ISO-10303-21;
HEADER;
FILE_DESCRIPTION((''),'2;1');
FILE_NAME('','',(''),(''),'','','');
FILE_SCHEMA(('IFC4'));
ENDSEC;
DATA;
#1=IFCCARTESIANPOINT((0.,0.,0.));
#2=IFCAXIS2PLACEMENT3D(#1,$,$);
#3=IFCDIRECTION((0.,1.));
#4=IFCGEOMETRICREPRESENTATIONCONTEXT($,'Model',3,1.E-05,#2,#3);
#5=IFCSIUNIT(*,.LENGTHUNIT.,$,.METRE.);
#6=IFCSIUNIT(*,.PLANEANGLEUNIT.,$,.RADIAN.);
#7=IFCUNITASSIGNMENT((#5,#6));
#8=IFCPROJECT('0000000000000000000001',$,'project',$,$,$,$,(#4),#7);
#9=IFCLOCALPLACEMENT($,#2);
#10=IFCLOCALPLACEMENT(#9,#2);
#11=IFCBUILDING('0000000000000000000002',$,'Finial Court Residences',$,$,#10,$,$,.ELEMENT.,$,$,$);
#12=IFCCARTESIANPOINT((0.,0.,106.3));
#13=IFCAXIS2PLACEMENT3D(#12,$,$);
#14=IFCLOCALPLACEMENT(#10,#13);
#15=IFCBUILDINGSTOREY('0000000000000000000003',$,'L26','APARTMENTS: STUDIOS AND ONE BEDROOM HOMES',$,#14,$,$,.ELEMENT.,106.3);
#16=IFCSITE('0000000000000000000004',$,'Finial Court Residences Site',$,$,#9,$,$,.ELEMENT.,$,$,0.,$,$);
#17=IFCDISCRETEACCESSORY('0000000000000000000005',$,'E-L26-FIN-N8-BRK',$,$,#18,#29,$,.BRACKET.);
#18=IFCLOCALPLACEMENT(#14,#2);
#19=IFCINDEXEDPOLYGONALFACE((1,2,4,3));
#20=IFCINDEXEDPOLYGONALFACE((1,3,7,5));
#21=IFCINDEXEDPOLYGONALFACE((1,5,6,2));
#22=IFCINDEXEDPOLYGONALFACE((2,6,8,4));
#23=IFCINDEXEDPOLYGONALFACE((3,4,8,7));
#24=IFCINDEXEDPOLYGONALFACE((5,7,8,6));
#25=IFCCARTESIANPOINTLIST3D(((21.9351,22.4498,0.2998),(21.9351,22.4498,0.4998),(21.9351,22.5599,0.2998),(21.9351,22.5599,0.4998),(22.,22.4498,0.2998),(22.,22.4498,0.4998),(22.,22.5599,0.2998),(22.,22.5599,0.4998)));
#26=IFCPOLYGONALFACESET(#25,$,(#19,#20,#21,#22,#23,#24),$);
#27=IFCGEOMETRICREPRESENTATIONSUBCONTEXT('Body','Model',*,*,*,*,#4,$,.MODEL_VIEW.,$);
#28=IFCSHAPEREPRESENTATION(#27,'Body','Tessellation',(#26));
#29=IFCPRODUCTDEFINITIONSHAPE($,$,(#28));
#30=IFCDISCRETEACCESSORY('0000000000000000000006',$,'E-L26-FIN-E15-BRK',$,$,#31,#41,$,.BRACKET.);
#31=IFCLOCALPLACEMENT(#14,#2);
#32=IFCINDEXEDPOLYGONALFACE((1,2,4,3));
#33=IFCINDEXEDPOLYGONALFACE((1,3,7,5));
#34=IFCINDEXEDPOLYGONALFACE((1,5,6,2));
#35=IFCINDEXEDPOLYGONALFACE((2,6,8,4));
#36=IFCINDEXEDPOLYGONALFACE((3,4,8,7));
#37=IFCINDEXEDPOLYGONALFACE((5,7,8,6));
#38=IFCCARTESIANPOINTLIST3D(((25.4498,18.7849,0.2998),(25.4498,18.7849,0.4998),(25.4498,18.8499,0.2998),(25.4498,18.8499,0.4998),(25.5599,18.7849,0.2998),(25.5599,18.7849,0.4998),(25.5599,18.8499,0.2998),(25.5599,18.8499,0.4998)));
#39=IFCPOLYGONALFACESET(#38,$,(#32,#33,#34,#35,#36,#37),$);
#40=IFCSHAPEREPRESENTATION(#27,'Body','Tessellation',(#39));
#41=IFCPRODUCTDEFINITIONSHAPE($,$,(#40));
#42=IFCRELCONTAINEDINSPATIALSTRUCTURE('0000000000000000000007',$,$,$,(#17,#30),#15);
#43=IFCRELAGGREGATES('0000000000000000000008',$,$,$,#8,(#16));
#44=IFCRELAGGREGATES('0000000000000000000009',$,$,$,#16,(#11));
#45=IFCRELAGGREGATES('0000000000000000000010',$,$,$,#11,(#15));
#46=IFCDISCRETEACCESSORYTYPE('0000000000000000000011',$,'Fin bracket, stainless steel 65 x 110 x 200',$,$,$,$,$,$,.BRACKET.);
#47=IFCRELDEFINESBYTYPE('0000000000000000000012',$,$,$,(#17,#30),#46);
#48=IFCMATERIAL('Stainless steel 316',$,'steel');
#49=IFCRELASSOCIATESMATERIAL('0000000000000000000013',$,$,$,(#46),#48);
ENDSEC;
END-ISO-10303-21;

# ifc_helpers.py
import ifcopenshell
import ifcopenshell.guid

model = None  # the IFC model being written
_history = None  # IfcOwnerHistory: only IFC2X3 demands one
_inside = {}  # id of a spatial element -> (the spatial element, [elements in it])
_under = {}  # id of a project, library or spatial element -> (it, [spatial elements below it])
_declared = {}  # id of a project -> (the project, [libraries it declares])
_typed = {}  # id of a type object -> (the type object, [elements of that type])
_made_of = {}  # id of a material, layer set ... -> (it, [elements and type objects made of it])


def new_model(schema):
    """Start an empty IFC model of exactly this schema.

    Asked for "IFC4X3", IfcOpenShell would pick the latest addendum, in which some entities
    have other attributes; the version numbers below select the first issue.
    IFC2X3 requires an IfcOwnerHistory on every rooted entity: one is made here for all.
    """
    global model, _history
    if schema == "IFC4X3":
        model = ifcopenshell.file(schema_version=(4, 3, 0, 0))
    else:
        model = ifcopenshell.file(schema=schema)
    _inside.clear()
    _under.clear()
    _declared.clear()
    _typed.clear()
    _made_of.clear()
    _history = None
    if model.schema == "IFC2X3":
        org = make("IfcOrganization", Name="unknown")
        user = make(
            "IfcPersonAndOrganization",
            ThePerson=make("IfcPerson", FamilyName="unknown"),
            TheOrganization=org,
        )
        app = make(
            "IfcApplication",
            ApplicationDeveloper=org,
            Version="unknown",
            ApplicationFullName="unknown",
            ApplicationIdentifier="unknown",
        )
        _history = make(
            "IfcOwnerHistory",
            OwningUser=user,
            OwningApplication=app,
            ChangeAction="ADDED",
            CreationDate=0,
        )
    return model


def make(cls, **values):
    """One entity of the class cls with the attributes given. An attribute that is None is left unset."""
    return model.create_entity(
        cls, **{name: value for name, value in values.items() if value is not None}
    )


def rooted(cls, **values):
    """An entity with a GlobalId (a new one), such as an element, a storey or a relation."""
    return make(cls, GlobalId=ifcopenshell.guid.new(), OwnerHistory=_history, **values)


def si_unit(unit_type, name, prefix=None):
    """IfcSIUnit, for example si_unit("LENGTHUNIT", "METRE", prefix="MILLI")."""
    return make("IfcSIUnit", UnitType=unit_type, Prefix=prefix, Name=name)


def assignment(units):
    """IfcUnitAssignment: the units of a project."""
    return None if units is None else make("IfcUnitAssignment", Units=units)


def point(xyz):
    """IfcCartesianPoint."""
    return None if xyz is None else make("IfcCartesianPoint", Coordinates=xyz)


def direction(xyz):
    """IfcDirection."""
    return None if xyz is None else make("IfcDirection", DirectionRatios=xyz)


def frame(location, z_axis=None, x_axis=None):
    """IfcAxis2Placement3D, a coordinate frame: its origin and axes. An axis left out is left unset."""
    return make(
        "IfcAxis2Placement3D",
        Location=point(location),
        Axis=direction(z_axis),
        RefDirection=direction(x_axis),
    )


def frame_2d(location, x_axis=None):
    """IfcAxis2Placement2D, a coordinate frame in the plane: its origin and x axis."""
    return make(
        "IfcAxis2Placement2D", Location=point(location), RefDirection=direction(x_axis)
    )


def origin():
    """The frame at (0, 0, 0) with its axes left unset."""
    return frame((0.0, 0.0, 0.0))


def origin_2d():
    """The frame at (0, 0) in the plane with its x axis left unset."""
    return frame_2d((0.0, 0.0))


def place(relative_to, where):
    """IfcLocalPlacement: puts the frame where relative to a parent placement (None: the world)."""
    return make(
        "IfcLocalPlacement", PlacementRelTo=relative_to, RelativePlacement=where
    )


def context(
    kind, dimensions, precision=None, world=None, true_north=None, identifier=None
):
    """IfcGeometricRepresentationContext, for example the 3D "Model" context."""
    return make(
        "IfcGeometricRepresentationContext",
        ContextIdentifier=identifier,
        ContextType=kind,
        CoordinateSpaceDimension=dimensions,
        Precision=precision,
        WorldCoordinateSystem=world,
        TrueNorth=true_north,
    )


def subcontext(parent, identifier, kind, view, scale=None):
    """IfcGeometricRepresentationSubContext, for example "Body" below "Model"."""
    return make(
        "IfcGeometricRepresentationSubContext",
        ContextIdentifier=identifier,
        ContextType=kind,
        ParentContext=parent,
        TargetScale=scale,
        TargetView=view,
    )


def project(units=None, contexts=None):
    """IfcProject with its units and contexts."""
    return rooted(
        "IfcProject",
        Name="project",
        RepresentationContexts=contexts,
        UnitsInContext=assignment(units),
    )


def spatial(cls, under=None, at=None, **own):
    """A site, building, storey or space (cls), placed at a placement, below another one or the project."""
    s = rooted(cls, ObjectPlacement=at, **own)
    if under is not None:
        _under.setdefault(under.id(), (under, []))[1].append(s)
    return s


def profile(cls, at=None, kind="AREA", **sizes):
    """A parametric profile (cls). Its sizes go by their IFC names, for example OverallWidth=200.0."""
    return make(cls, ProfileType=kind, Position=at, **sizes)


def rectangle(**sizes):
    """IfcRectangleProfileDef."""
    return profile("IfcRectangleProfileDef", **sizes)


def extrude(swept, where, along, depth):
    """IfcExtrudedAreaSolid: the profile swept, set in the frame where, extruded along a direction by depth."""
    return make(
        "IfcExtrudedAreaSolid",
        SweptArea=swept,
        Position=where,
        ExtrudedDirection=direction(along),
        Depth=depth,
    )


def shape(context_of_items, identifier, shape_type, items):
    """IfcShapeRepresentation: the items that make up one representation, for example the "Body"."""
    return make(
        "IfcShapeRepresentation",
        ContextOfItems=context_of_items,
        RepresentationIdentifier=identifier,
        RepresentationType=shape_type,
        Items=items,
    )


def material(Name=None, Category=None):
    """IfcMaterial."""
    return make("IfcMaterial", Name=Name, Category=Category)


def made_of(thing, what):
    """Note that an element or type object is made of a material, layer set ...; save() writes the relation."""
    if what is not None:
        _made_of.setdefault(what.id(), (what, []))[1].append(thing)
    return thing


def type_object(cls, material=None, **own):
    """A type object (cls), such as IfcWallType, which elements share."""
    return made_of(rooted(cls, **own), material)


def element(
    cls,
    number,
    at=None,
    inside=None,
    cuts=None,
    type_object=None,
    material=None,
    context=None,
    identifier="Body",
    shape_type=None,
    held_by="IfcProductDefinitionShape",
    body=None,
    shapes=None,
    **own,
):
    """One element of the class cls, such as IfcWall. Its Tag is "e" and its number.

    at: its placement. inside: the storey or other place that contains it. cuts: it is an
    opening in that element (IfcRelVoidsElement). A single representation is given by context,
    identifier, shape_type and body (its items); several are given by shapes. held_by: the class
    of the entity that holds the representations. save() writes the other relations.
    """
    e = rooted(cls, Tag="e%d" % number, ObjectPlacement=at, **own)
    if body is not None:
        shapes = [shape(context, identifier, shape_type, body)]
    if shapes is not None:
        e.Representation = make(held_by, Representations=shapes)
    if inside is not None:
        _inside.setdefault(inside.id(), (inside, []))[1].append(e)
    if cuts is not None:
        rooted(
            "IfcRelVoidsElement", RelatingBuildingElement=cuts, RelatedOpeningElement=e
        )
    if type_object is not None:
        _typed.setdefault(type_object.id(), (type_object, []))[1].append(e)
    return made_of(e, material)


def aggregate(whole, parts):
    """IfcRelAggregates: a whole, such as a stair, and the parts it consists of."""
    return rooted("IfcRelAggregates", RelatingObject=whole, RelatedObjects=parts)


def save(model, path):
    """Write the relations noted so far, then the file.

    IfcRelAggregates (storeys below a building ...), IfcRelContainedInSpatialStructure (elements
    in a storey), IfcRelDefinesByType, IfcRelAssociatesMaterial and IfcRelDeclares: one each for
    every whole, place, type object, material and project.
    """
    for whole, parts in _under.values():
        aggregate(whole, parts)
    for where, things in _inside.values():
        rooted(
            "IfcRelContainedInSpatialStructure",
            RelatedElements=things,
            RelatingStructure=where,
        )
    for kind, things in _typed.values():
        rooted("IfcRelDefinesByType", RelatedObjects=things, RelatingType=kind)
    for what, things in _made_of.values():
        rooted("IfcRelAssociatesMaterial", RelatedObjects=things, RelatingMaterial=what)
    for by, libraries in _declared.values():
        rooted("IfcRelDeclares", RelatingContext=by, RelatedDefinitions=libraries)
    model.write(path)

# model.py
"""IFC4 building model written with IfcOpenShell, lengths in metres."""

from ifc_helpers import new_model, si_unit, direction, frame, origin, origin_2d, place, context, subcontext, project, spatial, rectangle, extrude, material, type_object, element, save


model = new_model("IFC4")

# Units and contexts
model_context = context("Model", 3, precision=1e-05, world=origin(), true_north=direction((0.0, 1.0)))
body_context = subcontext(model_context, "Body", "Model", "MODEL_VIEW")
ifc_project = project(units=[si_unit("LENGTHUNIT", "METRE"), si_unit("PLANEANGLEUNIT", "RADIAN")], contexts=[model_context])

# Site, building, storey
site_placement = place(None, origin())
site = spatial("IfcSite", under=ifc_project, at=site_placement, Name="Finial Court Residences Site", CompositionType="ELEMENT", RefElevation=0.0)
building_placement = place(site_placement, origin())
building = spatial("IfcBuilding", under=site, at=building_placement, Name="Finial Court Residences", CompositionType="ELEMENT")
storey_placement = place(building_placement, frame((0.0, 0.0, 106.3)))
storey = spatial("IfcBuildingStorey", under=building, at=storey_placement, Name="L26", Description="APARTMENTS: STUDIOS AND ONE BEDROOM HOMES", CompositionType="ELEMENT", Elevation=106.3)

# Discrete accessories
ifc_material_1 = material(Name="Stainless steel 316", Category="steel")
discrete_accessory_type = type_object("IfcDiscreteAccessoryType", Name="Fin bracket, stainless steel 65 x 110 x 200", PredefinedType="BRACKET", material=ifc_material_1)
for number, where, z_axis, x_axis, name in (
    (1, (21.9675, 22.5049, 0.2998), (0.0, 0.0, 1.0), (1.0, 0.0, 0.0), "E-L26-FIN-N8-BRK"),
):
    element("IfcDiscreteAccessory", number, at=place(storey_placement, frame(where, z_axis=z_axis, x_axis=x_axis)), inside=storey, type_object=discrete_accessory_type, Name=name, PredefinedType="BRACKET", context=body_context, shape_type="SweptSolid", body=[
        extrude(rectangle(XDim=0.0649, YDim=0.1101, at=origin_2d()), origin(), (0.0, 0.0, 1.0), 0.2),
    ])
discrete_accessory_placement = place(storey_placement, frame((25.5049, 18.8174, 0.2998), z_axis=(0.0, 0.0, 1.0), x_axis=(1.0, 0.0, 0.0)))
element("IfcDiscreteAccessory", 2, at=discrete_accessory_placement, inside=storey, type_object=discrete_accessory_type, Name="E-L26-FIN-E15-BRK", PredefinedType="BRACKET", context=body_context, shape_type="SweptSolid", body=[
    extrude(rectangle(XDim=0.1101, YDim=0.0649, at=origin_2d()), origin(), (0.0, 0.0, 1.0), 0.2),
])

save(model, "model.ifc")
